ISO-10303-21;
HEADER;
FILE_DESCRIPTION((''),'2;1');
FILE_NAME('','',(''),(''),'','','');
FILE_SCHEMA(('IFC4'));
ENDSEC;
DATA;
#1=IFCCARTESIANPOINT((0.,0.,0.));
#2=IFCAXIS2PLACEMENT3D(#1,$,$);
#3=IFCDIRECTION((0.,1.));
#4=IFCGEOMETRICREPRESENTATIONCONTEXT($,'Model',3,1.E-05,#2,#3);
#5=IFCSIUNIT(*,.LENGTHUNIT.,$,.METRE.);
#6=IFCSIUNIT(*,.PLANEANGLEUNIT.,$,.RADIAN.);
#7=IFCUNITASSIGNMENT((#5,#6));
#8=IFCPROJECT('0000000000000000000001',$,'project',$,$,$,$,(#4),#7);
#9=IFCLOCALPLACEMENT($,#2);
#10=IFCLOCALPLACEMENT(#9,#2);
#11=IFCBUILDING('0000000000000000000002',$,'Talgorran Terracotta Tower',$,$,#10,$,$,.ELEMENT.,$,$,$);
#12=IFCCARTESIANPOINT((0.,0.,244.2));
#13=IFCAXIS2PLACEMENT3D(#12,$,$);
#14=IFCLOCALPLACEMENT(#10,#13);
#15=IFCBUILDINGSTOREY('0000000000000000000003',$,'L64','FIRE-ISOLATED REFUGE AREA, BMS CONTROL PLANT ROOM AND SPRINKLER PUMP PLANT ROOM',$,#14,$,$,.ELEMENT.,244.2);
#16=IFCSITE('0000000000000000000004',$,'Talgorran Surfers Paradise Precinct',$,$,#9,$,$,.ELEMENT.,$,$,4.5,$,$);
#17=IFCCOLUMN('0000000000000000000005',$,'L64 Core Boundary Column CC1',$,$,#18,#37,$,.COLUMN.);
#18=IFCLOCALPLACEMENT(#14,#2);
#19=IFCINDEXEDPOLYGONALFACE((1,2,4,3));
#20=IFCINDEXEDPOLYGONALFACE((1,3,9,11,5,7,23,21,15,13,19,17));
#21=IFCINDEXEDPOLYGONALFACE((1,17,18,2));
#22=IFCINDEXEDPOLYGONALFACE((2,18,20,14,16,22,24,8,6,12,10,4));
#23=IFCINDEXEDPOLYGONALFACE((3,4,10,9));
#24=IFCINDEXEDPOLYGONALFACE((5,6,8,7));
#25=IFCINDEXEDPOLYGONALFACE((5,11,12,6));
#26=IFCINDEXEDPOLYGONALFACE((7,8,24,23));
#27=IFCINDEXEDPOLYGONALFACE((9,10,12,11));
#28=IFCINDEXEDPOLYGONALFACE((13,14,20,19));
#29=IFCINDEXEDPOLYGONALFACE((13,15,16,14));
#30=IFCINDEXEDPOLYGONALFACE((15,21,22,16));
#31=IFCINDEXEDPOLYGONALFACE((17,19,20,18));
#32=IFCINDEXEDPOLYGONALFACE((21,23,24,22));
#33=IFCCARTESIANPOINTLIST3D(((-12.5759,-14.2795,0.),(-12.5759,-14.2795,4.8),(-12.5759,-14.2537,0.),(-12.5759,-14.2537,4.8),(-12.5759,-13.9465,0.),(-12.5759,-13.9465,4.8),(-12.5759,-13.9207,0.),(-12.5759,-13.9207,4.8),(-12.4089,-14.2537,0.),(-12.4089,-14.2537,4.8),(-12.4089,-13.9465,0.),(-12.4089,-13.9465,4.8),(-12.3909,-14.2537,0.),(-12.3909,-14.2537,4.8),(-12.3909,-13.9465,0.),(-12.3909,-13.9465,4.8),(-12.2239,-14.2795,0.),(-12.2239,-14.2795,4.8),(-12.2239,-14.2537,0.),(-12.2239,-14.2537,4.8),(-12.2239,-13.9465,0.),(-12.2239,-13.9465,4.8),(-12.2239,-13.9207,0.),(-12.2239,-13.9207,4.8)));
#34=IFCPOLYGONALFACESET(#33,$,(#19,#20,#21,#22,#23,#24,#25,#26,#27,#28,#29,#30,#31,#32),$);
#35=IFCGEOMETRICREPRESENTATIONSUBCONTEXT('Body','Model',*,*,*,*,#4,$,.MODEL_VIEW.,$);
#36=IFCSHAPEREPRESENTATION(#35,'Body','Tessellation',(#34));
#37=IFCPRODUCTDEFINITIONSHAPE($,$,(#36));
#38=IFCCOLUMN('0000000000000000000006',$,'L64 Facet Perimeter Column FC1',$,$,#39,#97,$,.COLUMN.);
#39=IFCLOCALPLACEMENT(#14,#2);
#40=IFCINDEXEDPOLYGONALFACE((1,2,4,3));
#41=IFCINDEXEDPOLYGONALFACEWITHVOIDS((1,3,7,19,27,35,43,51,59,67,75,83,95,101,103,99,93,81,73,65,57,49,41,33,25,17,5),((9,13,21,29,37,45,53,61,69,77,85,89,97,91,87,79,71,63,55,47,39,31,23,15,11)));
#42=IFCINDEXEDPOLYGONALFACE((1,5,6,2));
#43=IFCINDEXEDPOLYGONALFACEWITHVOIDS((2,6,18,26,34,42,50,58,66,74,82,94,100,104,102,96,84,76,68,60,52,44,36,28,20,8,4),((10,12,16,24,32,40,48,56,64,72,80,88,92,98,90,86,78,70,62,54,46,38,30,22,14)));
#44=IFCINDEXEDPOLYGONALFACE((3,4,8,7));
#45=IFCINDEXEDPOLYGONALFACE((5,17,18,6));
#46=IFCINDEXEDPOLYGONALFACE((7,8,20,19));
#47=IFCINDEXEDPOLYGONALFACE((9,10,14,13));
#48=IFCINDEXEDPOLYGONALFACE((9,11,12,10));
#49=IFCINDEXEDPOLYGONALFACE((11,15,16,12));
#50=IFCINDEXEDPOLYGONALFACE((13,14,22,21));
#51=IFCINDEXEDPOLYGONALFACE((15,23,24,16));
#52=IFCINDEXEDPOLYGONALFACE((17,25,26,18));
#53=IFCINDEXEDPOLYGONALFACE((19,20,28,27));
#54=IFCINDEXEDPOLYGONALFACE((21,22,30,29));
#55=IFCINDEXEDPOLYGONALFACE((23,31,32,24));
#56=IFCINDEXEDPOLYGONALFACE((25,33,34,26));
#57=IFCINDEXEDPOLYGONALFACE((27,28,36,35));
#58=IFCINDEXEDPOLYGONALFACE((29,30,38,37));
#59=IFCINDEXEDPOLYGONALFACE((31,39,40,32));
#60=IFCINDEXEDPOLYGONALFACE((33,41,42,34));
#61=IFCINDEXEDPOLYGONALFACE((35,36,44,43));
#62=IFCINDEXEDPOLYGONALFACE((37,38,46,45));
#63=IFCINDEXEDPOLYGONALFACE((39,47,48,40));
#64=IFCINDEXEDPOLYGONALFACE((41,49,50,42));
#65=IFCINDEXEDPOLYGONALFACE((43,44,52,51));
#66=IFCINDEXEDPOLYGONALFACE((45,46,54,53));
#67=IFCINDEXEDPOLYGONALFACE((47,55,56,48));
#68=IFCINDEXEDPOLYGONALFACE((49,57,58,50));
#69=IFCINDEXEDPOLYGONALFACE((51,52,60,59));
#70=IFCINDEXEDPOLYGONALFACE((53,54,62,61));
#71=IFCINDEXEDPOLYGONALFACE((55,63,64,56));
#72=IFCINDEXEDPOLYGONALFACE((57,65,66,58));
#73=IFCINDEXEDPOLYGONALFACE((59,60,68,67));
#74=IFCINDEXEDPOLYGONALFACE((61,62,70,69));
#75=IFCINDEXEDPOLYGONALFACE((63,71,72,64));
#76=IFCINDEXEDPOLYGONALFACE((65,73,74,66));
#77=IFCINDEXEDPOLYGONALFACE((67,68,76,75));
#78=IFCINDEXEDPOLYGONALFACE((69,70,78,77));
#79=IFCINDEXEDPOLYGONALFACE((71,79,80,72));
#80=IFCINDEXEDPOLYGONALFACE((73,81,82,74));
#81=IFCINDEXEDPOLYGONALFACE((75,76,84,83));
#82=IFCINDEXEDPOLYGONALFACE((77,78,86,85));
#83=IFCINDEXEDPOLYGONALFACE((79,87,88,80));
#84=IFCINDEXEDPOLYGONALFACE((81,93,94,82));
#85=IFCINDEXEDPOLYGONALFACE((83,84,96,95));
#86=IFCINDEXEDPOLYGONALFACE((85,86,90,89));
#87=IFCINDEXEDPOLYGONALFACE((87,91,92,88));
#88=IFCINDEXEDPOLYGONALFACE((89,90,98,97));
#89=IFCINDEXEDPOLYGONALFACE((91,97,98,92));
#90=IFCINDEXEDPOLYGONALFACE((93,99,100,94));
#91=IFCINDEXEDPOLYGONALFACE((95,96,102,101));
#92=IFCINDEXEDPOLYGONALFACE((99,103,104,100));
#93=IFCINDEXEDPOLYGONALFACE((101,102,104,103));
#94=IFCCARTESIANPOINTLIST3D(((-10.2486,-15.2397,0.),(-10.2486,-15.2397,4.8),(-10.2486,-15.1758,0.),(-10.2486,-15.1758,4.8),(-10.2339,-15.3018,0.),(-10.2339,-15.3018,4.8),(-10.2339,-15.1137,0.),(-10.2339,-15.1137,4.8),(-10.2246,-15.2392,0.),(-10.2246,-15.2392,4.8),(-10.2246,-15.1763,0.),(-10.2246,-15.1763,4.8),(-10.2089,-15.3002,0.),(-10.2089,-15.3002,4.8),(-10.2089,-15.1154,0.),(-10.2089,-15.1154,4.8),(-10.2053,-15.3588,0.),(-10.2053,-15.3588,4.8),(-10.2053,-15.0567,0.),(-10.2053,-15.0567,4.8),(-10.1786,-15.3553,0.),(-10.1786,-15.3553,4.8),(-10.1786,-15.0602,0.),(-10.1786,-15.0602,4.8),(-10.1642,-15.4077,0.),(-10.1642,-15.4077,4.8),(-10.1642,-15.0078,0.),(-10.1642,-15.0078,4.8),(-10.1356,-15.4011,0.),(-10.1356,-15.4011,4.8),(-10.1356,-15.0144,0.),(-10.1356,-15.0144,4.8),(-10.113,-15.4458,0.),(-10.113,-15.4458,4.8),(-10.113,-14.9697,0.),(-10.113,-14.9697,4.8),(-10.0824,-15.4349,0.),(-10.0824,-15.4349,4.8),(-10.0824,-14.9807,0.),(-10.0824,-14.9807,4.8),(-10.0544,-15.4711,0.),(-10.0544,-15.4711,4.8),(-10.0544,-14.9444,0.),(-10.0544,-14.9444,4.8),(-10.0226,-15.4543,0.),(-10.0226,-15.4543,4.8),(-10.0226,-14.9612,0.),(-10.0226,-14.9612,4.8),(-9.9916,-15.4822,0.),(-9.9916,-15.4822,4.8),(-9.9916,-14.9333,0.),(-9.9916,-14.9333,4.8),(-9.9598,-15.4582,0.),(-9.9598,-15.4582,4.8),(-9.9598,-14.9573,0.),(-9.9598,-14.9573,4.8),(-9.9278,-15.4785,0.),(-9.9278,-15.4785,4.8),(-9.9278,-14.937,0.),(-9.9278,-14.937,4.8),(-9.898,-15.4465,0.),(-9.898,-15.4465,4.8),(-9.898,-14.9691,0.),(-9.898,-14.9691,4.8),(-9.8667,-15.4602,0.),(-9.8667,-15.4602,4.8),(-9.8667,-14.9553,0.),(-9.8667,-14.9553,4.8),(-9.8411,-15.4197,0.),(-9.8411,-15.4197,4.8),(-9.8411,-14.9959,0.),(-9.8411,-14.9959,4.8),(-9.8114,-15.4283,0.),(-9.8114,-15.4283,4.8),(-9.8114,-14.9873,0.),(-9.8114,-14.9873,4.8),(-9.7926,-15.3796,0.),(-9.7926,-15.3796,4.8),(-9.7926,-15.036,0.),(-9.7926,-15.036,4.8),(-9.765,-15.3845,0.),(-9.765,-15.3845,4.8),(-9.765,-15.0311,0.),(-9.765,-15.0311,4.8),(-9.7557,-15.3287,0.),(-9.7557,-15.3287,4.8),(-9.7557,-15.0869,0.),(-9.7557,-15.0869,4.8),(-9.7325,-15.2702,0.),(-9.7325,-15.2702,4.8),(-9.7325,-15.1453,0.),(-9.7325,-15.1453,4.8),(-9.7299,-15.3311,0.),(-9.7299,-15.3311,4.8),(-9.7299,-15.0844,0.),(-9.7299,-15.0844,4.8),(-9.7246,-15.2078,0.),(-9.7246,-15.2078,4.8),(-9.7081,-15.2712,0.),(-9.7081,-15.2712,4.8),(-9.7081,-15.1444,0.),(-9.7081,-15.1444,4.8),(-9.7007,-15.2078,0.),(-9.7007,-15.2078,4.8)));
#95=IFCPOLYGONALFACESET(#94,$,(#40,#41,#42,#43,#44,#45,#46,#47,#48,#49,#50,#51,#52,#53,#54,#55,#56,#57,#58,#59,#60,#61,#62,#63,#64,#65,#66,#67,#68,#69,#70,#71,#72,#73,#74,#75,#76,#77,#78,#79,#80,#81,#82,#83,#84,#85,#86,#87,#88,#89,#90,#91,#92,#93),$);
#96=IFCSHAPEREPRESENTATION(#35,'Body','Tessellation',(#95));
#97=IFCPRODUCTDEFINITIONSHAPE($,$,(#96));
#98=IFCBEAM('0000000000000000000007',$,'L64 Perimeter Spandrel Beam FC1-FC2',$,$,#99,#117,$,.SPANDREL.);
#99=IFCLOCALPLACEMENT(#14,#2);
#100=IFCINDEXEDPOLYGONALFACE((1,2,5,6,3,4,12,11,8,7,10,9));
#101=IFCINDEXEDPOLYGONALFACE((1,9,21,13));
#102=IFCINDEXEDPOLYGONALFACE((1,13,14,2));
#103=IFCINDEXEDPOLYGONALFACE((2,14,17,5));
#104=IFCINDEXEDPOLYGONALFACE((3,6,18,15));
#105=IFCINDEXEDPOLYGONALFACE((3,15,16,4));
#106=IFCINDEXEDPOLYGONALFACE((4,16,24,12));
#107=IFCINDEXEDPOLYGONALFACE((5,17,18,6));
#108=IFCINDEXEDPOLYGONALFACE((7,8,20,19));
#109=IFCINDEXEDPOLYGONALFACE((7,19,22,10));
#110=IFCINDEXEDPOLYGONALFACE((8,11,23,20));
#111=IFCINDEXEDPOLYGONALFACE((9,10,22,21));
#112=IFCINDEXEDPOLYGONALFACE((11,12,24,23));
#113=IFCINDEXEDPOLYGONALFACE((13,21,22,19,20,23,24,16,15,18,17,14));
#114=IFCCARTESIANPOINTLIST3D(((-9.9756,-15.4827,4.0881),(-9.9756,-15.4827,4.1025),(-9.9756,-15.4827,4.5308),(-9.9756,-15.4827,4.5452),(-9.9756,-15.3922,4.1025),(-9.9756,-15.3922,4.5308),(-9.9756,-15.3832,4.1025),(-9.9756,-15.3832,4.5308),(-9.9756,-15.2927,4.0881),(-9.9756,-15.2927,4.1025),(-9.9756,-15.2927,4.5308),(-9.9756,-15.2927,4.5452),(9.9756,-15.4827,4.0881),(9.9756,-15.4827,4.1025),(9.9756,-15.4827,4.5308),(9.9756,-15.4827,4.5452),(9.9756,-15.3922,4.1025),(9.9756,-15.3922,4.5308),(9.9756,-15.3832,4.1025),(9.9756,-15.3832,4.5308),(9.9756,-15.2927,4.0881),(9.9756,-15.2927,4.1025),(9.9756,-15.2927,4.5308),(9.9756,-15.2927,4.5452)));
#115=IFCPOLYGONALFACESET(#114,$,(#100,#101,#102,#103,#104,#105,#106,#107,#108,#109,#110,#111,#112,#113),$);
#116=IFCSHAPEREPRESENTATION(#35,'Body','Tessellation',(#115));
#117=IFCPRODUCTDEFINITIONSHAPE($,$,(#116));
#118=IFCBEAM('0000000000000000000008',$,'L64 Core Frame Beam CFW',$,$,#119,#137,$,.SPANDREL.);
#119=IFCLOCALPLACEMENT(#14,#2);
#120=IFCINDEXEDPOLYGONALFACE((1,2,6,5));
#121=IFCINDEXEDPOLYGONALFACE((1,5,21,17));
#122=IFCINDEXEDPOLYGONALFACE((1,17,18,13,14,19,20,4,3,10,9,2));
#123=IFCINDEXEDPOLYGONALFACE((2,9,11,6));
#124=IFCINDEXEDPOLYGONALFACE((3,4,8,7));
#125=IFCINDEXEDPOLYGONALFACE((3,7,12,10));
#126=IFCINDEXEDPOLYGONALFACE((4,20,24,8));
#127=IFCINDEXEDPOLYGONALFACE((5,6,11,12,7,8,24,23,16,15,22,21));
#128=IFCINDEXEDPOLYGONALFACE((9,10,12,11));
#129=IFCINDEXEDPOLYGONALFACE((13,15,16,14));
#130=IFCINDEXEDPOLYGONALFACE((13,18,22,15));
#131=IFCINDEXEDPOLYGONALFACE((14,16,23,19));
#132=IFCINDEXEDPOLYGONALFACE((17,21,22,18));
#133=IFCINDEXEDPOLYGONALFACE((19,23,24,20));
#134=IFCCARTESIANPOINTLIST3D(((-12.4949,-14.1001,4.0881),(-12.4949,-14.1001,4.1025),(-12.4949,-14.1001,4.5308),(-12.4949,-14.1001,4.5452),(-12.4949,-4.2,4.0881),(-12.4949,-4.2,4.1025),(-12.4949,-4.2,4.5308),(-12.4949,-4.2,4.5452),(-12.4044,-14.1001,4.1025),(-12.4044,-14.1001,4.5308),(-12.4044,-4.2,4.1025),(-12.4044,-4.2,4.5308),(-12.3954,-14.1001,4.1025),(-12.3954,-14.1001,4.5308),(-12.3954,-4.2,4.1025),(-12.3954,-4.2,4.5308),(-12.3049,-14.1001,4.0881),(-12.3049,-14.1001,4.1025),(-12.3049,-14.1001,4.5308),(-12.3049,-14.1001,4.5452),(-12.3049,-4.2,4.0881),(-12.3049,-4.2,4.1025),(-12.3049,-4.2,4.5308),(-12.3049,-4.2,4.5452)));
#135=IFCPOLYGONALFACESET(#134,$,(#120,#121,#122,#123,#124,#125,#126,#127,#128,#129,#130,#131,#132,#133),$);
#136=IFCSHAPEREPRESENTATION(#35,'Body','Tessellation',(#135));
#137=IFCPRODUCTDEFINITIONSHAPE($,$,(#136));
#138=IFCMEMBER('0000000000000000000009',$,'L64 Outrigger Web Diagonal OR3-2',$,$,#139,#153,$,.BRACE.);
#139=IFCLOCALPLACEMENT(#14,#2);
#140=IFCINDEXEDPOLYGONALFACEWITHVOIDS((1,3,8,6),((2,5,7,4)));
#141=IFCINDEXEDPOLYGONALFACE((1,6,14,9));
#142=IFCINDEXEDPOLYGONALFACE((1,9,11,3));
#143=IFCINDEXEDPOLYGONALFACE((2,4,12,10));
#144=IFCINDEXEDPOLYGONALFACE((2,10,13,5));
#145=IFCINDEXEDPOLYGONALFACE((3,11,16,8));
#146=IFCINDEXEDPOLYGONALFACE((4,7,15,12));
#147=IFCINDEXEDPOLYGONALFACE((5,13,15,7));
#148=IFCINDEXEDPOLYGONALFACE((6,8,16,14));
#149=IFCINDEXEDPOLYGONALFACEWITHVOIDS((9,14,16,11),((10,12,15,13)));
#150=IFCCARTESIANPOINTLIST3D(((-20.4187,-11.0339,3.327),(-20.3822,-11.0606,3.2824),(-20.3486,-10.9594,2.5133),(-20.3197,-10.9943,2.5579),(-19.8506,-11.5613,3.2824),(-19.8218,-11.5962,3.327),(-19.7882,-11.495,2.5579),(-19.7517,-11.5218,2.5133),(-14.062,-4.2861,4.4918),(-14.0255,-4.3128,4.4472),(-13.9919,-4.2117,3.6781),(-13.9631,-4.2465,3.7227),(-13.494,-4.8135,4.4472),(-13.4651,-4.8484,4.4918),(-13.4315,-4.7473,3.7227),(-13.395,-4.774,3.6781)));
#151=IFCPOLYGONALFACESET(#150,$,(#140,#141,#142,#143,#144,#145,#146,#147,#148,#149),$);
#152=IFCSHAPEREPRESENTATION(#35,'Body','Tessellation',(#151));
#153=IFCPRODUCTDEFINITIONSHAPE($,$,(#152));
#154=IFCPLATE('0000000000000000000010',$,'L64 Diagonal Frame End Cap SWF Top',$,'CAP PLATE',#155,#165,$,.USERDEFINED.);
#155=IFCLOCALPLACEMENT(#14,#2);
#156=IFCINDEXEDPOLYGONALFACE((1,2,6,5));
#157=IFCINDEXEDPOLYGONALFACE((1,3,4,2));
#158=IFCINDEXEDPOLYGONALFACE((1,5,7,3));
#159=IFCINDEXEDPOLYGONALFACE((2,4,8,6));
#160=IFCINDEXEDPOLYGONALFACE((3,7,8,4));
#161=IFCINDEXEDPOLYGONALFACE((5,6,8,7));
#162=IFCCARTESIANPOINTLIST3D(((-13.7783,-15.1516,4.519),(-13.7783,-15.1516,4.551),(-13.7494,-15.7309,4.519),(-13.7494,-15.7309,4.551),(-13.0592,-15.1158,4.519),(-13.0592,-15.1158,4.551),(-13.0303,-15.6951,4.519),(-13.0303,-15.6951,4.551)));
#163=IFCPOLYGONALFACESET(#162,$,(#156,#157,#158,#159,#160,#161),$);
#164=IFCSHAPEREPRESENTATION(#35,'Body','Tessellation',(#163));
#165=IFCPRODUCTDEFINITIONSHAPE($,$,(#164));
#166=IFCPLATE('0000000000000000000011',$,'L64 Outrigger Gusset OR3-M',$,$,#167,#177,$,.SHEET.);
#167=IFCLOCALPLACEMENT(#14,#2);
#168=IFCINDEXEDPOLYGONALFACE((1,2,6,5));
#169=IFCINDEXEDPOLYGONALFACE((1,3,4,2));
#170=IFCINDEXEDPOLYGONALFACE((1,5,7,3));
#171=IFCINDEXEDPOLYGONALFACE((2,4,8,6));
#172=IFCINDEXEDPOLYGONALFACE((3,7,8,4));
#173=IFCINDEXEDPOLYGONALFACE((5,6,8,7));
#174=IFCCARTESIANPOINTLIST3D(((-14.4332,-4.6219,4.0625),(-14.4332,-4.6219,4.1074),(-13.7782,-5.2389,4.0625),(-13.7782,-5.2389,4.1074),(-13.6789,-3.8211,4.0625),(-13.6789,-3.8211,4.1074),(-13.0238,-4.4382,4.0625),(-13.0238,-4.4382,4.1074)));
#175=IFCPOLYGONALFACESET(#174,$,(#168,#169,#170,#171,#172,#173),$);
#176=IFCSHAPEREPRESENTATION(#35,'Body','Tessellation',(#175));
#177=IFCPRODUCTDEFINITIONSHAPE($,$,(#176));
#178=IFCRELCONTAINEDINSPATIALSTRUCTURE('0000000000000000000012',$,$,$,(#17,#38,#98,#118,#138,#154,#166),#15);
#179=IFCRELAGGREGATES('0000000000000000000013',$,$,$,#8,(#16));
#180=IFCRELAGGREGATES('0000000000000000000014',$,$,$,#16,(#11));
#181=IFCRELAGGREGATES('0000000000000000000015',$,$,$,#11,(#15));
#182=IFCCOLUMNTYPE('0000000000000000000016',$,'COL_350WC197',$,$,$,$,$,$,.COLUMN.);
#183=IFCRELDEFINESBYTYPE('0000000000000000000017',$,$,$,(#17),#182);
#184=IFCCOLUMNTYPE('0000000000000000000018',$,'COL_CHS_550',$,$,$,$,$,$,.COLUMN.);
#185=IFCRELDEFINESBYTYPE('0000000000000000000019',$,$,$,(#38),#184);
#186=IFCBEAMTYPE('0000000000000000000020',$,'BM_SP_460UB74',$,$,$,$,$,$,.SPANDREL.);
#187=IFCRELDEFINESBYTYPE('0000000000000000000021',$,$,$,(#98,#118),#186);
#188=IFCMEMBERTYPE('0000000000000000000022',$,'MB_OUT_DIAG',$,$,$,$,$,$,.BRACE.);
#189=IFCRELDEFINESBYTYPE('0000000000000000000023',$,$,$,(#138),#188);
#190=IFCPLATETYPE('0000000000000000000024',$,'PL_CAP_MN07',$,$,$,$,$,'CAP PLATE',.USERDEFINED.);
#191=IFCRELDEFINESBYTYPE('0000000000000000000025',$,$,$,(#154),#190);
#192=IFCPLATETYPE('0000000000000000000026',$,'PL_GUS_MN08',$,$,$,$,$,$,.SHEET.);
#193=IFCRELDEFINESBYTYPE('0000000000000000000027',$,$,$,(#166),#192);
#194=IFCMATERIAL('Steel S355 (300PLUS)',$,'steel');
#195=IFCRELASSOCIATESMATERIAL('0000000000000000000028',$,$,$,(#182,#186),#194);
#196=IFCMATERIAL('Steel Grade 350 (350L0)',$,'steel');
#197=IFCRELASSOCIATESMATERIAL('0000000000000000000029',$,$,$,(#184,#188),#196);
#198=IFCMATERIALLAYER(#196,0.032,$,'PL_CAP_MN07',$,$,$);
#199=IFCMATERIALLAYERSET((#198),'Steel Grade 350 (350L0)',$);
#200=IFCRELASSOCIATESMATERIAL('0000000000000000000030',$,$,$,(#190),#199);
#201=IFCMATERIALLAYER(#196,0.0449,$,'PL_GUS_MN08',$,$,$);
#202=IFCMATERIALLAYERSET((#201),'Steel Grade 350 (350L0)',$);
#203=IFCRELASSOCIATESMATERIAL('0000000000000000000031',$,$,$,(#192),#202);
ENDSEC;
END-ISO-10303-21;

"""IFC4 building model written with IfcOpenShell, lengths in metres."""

from ifc_helpers import new_model, si_unit, direction, frame, origin, origin_2d, place, context, subcontext, project, spatial, rectangle, hollow_rectangle, hollow_circle, i_section, extrude, material, layer, layer_set, material_profile, profile_set, type_object, element, save


model = new_model("IFC4")

# Units and contexts
model_context = context("Model", 3, precision=1e-05, world=origin(), true_north=direction((0.0, 1.0)))
body_context = subcontext(model_context, "Body", "Model", "MODEL_VIEW")
ifc_project = project(units=[si_unit("LENGTHUNIT", "METRE"), si_unit("PLANEANGLEUNIT", "RADIAN")], contexts=[model_context])

# Site, building, storey
site_placement = place(None, origin())
site = spatial("IfcSite", under=ifc_project, at=site_placement, Name="Talgorran Surfers Paradise Precinct", CompositionType="ELEMENT", RefElevation=4.5)
building_placement = place(site_placement, origin())
building = spatial("IfcBuilding", under=site, at=building_placement, Name="Talgorran Terracotta Tower", CompositionType="ELEMENT")
storey_placement = place(building_placement, frame((0.0, 0.0, 244.2)))
storey = spatial("IfcBuildingStorey", under=building, at=storey_placement, Name="L64", Description="FIRE-ISOLATED REFUGE AREA, BMS CONTROL PLANT ROOM AND SPRINKLER PUMP PLANT ROOM", CompositionType="ELEMENT", Elevation=244.2)

# Columns
ifc_material_1 = material(Name="Steel S355 (300PLUS)", Category="steel")
ifc_material_profile_1 = material_profile(ifc_material_1, i_section(OverallWidth=0.3521, OverallDepth=0.3589, WebThickness=0.0181, FlangeThickness=0.0259, at=origin_2d()), Name="350WC197")
ifc_profile_set_1 = profile_set([ifc_material_profile_1], Name="Steel S355 (300PLUS)")
column_type_1 = type_object("IfcColumnType", Name="COL_350WC197", PredefinedType="COLUMN", material=ifc_profile_set_1)
column_1_placement = place(storey_placement, frame((-12.3999, -14.1001, 0.0), z_axis=(0.0, 0.0, 1.0), x_axis=(1.0, 0.0, 0.0)))
element("IfcColumn", 1, at=column_1_placement, inside=storey, type_object=column_type_1, Name="L64 Core Boundary Column CC1", PredefinedType="COLUMN", context=body_context, shape_type="SweptSolid", body=[
    extrude(i_section(OverallWidth=0.3521, OverallDepth=0.3589, WebThickness=0.0181, FlangeThickness=0.0259, at=origin_2d()), origin(), (0.0, 0.0, 1.0), 4.8),
])
ifc_material_2 = material(Name="Steel Grade 350 (350L0)", Category="steel")
ifc_material_profile_2 = material_profile(ifc_material_2, hollow_circle(Radius=0.2749, WallThickness=0.0239, at=origin_2d()), Name="CHS550X24")
ifc_profile_set_2 = profile_set([ifc_material_profile_2], Name="Steel Grade 350 (350L0)")
column_type_2 = type_object("IfcColumnType", Name="COL_CHS_550", PredefinedType="COLUMN", material=ifc_profile_set_2)
column_2_placement = place(storey_placement, frame((-9.9756, -15.2078, 0.0), z_axis=(0.0, 0.0, 1.0), x_axis=(1.0, 0.0, 0.0)))
element("IfcColumn", 2, at=column_2_placement, inside=storey, type_object=column_type_2, Name="L64 Facet Perimeter Column FC1", PredefinedType="COLUMN", context=body_context, shape_type="SweptSolid", body=[
    extrude(hollow_circle(Radius=0.2749, WallThickness=0.0239, at=origin_2d()), origin(), (0.0, 0.0, 1.0), 4.8),
])

# Beams
ifc_material_profile_3 = material_profile(ifc_material_1, i_section(OverallWidth=0.1899, OverallDepth=0.457, WebThickness=0.009, FlangeThickness=0.0144, at=origin_2d()), Name="460UB74.6")
ifc_profile_set_3 = profile_set([ifc_material_profile_3], Name="Steel S355 (300PLUS)")
beam_type = type_object("IfcBeamType", Name="BM_SP_460UB74", PredefinedType="SPANDREL", material=ifc_profile_set_3)
beam_1_placement = place(storey_placement, frame((-9.9756, -15.3877, 4.3167), z_axis=(1.0, 0.0, 0.0), x_axis=(0.0, 1.0, 0.0)))
element("IfcBeam", 3, at=beam_1_placement, inside=storey, type_object=beam_type, Name="L64 Perimeter Spandrel Beam FC1-FC2", PredefinedType="SPANDREL", context=body_context, shape_type="SweptSolid", body=[
    extrude(i_section(OverallWidth=0.1899, OverallDepth=0.457, WebThickness=0.009, FlangeThickness=0.0144, at=origin_2d()), origin(), (0.0, 0.0, 1.0), 19.9512),
])
beam_2_placement = place(storey_placement, frame((-12.3999, -14.1001, 4.3167), z_axis=(0.0, 1.0, 0.0), x_axis=(-1.0, 0.0, 0.0)))
element("IfcBeam", 4, at=beam_2_placement, inside=storey, type_object=beam_type, Name="L64 Core Frame Beam CFW", PredefinedType="SPANDREL", context=body_context, shape_type="SweptSolid", body=[
    extrude(i_section(OverallWidth=0.1899, OverallDepth=0.457, WebThickness=0.009, FlangeThickness=0.0144, at=origin_2d()), origin(), (0.0, 0.0, 1.0), 9.9001),
])

# Member
ifc_material_profile_4 = material_profile(ifc_material_2, hollow_rectangle(XDim=0.8201, YDim=0.8201, WallThickness=0.0449, at=origin_2d()), Name="WBOX820X820X45")
ifc_profile_set_4 = profile_set([ifc_material_profile_4], Name="Steel Grade 350 (350L0)")
member_type = type_object("IfcMemberType", Name="MB_OUT_DIAG", PredefinedType="BRACE", material=ifc_profile_set_4)
member_placement = place(storey_placement, frame((-13.7285, -4.53, 4.085), z_axis=(-0.680348, -0.722208, -0.124666), x_axis=(0.727887, -0.685697, 0.0)))
element("IfcMember", 5, at=member_placement, inside=storey, type_object=member_type, Name="L64 Outrigger Web Diagonal OR3-2", PredefinedType="BRACE", context=body_context, shape_type="SweptSolid", body=[
    extrude(hollow_rectangle(XDim=0.8201, YDim=0.8201, WallThickness=0.0449, at=origin_2d()), origin(), (0.0, 0.0, 1.0), 9.3433),
])

# Plates
ifc_layer_1 = layer(ifc_material_2, 0.032, Name="PL_CAP_MN07")
ifc_layer_set_1 = layer_set([ifc_layer_1], Name="Steel Grade 350 (350L0)")
plate_type_1 = type_object("IfcPlateType", Name="PL_CAP_MN07", ElementType="CAP PLATE", PredefinedType="USERDEFINED", material=ifc_layer_set_1)
plate_1_placement = place(storey_placement, frame((-13.4043, -15.4233, 4.519), z_axis=(0.0, 0.0, 1.0), x_axis=(0.998763, 0.049721, 0.0)))
element("IfcPlate", 6, at=plate_1_placement, inside=storey, type_object=plate_type_1, Name="L64 Diagonal Frame End Cap SWF Top", ObjectType="CAP PLATE", PredefinedType="USERDEFINED", context=body_context, shape_type="SweptSolid", body=[
    extrude(rectangle(XDim=0.72, YDim=0.5801, at=origin_2d()), origin(), (0.0, 0.0, 1.0), 0.032),
])
ifc_layer_2 = layer(ifc_material_2, 0.0449, Name="PL_GUS_MN08")
ifc_layer_set_2 = layer_set([ifc_layer_2], Name="Steel Grade 350 (350L0)")
plate_type_2 = type_object("IfcPlateType", Name="PL_GUS_MN08", PredefinedType="SHEET", material=ifc_layer_set_2)
plate_2_placement = place(storey_placement, frame((-13.7285, -4.53, 4.0625), z_axis=(0.0, 0.0, 1.0), x_axis=(-0.685691, -0.727892, 0.0)))
element("IfcPlate", 7, at=plate_2_placement, inside=storey, type_object=plate_type_2, Name="L64 Outrigger Gusset OR3-M", PredefinedType="SHEET", context=body_context, shape_type="SweptSolid", body=[
    extrude(rectangle(XDim=1.1001, YDim=0.8999, at=origin_2d()), origin(), (0.0, 0.0, 1.0), 0.0449),
])

save(model, "model.ifc")
